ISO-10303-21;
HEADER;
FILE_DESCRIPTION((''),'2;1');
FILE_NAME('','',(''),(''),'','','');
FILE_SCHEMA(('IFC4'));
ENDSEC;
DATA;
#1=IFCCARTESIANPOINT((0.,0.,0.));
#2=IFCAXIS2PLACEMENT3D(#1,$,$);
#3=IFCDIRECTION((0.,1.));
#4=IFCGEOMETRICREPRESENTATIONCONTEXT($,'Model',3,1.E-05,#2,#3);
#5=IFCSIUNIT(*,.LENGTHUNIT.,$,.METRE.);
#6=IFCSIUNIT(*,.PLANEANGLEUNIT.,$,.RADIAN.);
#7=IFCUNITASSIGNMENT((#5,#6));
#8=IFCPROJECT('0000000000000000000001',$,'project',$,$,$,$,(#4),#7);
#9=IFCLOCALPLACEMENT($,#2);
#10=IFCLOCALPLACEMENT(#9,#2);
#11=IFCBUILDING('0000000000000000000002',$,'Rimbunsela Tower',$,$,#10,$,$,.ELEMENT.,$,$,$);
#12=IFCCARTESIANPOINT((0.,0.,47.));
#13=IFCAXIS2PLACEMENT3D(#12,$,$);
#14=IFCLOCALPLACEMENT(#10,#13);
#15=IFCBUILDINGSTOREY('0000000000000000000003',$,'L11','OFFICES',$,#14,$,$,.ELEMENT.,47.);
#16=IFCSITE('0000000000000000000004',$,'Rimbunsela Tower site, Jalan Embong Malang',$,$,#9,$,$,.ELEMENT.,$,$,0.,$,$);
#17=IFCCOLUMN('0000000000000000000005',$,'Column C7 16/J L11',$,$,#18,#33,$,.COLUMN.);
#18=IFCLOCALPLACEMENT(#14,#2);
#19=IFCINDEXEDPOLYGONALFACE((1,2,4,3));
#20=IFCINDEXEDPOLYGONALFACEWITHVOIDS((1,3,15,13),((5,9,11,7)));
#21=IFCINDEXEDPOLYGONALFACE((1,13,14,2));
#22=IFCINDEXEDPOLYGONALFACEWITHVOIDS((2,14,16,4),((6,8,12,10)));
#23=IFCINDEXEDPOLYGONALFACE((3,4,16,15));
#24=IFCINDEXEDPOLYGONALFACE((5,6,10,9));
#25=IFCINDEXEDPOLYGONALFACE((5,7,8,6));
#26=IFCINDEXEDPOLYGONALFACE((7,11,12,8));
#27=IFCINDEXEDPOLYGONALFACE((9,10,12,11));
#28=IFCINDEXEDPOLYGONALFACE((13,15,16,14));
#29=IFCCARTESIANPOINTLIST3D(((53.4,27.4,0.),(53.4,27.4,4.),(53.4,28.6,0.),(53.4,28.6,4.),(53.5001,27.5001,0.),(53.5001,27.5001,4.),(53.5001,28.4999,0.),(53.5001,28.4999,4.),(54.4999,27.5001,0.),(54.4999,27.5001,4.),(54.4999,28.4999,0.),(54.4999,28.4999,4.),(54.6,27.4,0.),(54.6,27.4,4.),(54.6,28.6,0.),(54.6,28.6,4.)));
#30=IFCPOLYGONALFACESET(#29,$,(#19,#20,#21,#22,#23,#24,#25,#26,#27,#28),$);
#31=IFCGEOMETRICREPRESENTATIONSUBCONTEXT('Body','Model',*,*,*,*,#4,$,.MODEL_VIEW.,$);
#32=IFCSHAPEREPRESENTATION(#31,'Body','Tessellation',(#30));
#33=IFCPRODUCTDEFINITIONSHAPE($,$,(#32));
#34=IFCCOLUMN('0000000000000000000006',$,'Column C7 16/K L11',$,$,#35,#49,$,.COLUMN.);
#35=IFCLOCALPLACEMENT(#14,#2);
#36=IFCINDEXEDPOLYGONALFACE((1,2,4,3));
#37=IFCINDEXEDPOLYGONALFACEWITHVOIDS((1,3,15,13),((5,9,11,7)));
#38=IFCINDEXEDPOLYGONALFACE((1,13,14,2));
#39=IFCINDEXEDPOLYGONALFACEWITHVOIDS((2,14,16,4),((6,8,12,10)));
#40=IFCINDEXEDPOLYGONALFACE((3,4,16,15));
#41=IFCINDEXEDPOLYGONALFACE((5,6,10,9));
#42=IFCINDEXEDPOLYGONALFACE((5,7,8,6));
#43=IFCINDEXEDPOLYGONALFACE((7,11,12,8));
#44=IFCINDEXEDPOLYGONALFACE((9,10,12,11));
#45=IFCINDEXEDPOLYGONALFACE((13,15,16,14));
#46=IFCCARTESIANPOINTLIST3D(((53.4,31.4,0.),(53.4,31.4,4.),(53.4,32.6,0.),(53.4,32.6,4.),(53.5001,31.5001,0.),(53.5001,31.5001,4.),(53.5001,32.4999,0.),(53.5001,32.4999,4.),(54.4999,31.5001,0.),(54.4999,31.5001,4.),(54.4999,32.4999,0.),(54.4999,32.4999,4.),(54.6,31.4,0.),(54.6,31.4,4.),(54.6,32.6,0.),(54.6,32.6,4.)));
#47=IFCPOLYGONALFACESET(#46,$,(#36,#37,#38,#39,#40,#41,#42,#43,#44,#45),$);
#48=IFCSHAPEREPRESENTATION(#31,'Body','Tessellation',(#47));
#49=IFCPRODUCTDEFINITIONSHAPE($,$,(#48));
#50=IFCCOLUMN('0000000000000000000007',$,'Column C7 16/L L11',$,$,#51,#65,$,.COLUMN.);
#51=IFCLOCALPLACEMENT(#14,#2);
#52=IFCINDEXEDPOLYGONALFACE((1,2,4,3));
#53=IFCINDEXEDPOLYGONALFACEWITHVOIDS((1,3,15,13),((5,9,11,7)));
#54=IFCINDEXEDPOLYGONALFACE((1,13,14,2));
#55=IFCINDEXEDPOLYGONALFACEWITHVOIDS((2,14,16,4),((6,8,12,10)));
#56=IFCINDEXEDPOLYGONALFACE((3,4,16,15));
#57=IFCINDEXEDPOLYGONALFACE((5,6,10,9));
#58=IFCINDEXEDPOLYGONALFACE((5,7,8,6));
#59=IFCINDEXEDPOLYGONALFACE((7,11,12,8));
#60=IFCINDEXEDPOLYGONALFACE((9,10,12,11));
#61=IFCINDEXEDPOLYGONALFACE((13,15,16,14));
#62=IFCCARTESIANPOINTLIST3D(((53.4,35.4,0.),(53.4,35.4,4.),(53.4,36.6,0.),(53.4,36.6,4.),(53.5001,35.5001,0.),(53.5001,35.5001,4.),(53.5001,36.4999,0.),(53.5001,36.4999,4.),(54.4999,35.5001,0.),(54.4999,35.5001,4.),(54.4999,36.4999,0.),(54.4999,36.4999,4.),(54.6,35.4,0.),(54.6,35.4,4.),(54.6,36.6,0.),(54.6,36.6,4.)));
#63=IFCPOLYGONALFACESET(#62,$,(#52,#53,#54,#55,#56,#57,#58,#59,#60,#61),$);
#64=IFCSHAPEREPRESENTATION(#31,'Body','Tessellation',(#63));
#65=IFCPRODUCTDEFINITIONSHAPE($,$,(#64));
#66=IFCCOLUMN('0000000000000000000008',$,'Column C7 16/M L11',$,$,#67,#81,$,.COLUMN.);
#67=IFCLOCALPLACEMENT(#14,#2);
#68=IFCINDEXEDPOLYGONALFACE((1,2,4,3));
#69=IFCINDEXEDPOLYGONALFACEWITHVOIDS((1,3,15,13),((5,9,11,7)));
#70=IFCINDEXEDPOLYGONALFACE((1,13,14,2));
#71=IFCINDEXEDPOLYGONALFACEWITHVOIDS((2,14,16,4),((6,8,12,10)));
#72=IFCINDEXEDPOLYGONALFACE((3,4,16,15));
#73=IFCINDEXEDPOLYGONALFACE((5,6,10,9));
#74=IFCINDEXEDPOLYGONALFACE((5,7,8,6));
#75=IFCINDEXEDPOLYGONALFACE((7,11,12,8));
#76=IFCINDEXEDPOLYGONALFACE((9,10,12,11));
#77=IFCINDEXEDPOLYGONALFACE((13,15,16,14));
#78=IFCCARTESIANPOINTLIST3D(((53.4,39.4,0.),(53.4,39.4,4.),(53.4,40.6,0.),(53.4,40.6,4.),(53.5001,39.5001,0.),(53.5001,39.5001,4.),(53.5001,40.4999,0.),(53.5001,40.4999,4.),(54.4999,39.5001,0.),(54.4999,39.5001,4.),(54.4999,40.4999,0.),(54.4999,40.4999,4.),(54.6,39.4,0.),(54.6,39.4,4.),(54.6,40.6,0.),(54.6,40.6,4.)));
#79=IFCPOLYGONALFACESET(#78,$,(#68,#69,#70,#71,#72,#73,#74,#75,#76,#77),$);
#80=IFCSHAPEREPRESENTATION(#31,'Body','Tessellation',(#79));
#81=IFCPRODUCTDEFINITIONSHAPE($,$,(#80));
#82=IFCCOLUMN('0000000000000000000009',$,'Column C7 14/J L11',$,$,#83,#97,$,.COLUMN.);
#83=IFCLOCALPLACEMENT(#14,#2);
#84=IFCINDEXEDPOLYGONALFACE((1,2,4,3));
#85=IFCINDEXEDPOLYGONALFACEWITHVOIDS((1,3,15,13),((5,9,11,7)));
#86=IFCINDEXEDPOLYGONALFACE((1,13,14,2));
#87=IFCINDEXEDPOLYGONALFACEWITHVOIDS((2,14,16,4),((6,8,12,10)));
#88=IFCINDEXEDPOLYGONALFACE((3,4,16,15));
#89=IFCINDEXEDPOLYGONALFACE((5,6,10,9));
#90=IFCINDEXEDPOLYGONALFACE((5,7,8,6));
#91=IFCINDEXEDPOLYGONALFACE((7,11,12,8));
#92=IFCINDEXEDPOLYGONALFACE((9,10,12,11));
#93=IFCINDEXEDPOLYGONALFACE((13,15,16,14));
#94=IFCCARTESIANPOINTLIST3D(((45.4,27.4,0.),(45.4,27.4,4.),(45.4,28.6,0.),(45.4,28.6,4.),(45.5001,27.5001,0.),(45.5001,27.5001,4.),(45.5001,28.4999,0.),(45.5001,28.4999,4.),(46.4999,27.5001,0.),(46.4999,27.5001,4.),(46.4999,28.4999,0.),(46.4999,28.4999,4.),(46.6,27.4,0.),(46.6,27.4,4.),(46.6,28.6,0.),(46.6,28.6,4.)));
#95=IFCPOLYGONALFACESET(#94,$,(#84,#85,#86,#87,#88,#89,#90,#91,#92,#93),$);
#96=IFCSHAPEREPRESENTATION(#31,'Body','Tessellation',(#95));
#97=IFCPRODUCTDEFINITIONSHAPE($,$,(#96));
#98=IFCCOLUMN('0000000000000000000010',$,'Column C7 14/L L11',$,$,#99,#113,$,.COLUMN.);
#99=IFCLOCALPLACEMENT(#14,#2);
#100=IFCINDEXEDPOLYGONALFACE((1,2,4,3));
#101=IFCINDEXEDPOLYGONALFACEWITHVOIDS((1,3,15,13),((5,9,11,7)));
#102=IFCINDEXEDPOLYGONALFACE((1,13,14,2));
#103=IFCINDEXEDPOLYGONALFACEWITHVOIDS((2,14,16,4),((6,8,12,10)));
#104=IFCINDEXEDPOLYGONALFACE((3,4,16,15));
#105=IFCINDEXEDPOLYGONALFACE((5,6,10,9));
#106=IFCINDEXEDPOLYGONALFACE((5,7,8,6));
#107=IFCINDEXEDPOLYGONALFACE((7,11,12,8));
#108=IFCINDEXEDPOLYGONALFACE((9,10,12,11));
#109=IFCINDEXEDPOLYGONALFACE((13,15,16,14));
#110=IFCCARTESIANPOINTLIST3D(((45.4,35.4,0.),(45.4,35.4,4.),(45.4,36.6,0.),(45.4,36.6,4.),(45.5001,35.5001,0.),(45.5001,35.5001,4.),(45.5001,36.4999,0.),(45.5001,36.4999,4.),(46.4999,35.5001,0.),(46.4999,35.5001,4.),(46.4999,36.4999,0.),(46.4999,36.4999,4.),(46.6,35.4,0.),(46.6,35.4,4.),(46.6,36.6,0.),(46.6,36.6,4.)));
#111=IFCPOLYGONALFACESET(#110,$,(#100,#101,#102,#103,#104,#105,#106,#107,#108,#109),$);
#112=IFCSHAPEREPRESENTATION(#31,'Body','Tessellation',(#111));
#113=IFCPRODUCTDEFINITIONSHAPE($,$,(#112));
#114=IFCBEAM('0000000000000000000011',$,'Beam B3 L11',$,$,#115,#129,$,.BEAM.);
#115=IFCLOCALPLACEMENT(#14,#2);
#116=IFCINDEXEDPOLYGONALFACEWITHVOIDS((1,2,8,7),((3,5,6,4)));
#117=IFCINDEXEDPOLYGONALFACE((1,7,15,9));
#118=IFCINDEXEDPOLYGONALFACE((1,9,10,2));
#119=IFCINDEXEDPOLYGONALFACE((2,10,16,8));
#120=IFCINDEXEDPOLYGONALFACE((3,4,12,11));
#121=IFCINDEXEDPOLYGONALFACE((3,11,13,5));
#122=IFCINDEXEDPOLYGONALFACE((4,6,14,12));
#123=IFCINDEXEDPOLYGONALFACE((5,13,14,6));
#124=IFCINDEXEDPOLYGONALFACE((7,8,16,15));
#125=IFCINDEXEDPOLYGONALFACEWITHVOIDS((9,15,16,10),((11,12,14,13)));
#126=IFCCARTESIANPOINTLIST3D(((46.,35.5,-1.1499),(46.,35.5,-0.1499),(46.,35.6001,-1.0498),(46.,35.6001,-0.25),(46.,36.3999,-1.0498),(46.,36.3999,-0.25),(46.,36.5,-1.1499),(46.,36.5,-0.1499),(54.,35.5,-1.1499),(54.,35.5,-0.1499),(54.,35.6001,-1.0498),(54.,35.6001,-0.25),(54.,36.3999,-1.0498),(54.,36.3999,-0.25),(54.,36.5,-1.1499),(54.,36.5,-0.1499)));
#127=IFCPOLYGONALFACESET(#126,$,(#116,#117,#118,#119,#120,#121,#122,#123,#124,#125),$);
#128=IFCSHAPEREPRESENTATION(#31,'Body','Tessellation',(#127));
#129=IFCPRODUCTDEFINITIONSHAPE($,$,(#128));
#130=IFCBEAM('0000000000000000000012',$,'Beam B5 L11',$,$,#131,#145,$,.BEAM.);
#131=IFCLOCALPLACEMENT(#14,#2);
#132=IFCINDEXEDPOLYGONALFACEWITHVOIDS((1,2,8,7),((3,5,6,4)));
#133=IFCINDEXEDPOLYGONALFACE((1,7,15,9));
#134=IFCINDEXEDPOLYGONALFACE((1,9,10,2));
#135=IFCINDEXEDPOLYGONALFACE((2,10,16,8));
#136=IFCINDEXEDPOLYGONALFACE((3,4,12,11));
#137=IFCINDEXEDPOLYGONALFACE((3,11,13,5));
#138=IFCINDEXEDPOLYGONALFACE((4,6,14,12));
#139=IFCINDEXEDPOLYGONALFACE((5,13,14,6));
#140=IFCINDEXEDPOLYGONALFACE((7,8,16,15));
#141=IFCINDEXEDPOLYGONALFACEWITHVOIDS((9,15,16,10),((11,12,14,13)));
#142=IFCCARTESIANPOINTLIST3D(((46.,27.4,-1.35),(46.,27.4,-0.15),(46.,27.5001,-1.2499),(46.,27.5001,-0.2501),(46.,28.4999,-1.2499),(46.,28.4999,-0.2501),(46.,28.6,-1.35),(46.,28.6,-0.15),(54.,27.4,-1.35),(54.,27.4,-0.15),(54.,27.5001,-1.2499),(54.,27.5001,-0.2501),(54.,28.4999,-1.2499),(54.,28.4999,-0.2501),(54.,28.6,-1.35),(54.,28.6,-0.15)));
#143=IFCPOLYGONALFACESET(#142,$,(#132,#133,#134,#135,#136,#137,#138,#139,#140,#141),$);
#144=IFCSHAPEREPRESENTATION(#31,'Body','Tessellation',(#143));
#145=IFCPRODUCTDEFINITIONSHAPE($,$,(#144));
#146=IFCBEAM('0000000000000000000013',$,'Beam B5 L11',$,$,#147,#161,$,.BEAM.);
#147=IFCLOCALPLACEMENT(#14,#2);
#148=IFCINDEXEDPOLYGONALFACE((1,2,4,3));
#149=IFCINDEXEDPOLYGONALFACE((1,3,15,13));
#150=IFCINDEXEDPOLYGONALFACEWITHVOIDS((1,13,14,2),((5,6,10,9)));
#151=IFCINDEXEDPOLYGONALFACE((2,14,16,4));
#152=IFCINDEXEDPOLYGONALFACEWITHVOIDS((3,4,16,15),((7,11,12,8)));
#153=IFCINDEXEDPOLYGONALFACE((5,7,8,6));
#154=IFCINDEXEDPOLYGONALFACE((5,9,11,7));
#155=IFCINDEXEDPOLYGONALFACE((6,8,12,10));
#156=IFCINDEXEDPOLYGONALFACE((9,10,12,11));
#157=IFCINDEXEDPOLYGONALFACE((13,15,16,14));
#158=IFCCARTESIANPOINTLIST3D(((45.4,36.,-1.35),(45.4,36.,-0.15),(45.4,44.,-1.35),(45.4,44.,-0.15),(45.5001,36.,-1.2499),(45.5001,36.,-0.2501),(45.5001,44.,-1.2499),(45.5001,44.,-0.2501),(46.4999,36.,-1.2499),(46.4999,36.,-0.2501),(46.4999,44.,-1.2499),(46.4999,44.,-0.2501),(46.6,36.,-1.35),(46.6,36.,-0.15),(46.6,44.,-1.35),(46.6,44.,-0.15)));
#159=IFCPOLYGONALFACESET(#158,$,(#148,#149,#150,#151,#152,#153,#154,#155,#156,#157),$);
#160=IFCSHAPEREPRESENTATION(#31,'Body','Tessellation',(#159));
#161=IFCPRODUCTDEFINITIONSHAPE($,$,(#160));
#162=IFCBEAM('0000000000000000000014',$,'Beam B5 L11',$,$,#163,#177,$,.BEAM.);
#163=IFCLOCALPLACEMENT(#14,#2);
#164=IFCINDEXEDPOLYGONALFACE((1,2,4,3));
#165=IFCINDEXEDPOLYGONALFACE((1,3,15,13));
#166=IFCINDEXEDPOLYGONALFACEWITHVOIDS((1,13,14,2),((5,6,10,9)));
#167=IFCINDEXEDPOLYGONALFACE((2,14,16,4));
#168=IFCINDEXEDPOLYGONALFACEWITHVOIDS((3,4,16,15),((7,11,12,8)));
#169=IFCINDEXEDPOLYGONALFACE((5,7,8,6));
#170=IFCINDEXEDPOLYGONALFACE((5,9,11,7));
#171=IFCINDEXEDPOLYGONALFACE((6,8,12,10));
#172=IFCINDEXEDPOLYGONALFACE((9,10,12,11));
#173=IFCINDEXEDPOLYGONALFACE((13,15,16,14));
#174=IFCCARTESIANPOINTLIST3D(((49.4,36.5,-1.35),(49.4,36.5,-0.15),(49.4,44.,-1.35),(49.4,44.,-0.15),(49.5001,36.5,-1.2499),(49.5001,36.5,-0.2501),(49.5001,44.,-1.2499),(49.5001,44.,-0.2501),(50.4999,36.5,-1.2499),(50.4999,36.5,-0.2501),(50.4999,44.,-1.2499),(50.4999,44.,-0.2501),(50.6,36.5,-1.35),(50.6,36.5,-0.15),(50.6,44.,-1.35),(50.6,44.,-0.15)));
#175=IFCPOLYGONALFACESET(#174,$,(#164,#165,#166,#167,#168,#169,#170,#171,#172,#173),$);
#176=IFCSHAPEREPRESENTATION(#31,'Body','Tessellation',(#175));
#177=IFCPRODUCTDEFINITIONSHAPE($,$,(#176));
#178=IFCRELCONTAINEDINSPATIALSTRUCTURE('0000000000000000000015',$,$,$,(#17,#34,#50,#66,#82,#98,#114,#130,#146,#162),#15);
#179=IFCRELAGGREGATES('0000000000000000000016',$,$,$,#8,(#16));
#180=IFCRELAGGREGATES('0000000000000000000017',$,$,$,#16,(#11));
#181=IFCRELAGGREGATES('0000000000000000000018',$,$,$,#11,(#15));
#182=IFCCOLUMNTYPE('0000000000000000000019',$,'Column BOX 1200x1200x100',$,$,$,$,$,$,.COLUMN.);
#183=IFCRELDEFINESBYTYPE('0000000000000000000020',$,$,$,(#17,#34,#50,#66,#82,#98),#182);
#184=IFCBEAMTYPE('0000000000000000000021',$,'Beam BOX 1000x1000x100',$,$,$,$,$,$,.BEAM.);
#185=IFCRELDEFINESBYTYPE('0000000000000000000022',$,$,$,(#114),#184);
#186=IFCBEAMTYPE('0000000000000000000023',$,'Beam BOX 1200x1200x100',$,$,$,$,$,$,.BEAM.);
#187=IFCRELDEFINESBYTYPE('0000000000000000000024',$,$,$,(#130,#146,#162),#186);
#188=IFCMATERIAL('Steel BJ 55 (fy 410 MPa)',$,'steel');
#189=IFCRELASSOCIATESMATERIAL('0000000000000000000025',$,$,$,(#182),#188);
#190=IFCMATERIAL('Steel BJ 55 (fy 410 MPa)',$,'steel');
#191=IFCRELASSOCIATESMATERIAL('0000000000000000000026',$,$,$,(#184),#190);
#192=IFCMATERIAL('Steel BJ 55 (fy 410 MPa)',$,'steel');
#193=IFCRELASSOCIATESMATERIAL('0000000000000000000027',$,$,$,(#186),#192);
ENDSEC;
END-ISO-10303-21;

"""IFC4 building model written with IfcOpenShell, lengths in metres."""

from ifc_helpers import new_model, si_unit, direction, frame, origin, origin_2d, place, context, subcontext, project, spatial, hollow_rectangle, extrude, material, material_profile, profile_set, type_object, element, save


model = new_model("IFC4")

# Units and contexts
model_context = context("Model", 3, precision=1e-05, world=origin(), true_north=direction((0.0, 1.0)))
body_context = subcontext(model_context, "Body", "Model", "MODEL_VIEW")
ifc_project = project(units=[si_unit("LENGTHUNIT", "METRE"), si_unit("PLANEANGLEUNIT", "RADIAN")], contexts=[model_context])

# Site, building, storey
site_placement = place(None, origin())
site = spatial("IfcSite", under=ifc_project, at=site_placement, Name="Rimbunsela Tower site, Jalan Embong Malang", CompositionType="ELEMENT", RefElevation=0.0)
building_placement = place(site_placement, origin())
building = spatial("IfcBuilding", under=site, at=building_placement, Name="Rimbunsela Tower", CompositionType="ELEMENT")
storey_placement = place(building_placement, frame((0.0, 0.0, 47.0)))
storey = spatial("IfcBuildingStorey", under=building, at=storey_placement, Name="L11", Description="OFFICES", CompositionType="ELEMENT", Elevation=47.0)

# Columns
ifc_material_1 = material(Name="Steel BJ 55 (fy 410 MPa)", Category="steel")
ifc_material_profile_1 = material_profile(ifc_material_1, hollow_rectangle(XDim=1.2, YDim=1.2, WallThickness=0.1001, at=origin_2d()), Name="BOX 1200x1200x100")
ifc_profile_set_1 = profile_set([ifc_material_profile_1], Name="Steel BJ 55 (fy 410 MPa)")
column_type = type_object("IfcColumnType", Name="Column BOX 1200x1200x100", PredefinedType="COLUMN", material=ifc_profile_set_1)
for number, where, z_axis, x_axis, name in (
    (1, (54.0, 28.0, 0.0), (0.0, 0.0, 1.0), (1.0, 0.0, 0.0), "Column C7 16/J L11"),
    (2, (54.0, 32.0, 0.0), (0.0, 0.0, 1.0), (1.0, 0.0, 0.0), "Column C7 16/K L11"),
    (3, (54.0, 36.0, 0.0), (0.0, 0.0, 1.0), (1.0, 0.0, 0.0), "Column C7 16/L L11"),
    (4, (54.0, 40.0, 0.0), (0.0, 0.0, 1.0), (1.0, 0.0, 0.0), "Column C7 16/M L11"),
    (5, (46.0, 28.0, 0.0), (0.0, 0.0, 1.0), (1.0, 0.0, 0.0), "Column C7 14/J L11"),
    (6, (46.0, 36.0, 0.0), (0.0, 0.0, 1.0), (1.0, 0.0, 0.0), "Column C7 14/L L11"),
):
    element("IfcColumn", number, at=place(storey_placement, frame(where, z_axis=z_axis, x_axis=x_axis)), inside=storey, type_object=column_type, Name=name, PredefinedType="COLUMN", context=body_context, shape_type="SweptSolid", body=[
        extrude(hollow_rectangle(XDim=1.2, YDim=1.2, WallThickness=0.1001, at=origin_2d()), origin(), (0.0, 0.0, 1.0), 4.0),
    ])

# Beams
ifc_material_2 = material(Name="Steel BJ 55 (fy 410 MPa)", Category="steel")
ifc_material_profile_2 = material_profile(ifc_material_2, hollow_rectangle(XDim=1.0, YDim=1.0, WallThickness=0.1001, at=origin_2d()), Name="BOX 1000x1000x100")
ifc_profile_set_2 = profile_set([ifc_material_profile_2], Name="Steel BJ 55 (fy 410 MPa)")
beam_type_1 = type_object("IfcBeamType", Name="Beam BOX 1000x1000x100", PredefinedType="BEAM", material=ifc_profile_set_2)
beam_1_placement = place(storey_placement, frame((46.0, 36.0, -0.6499), z_axis=(1.0, 0.0, 0.0), x_axis=(0.0, 1.0, 0.0)))
element("IfcBeam", 7, at=beam_1_placement, inside=storey, type_object=beam_type_1, Name="Beam B3 L11", PredefinedType="BEAM", context=body_context, shape_type="SweptSolid", body=[
    extrude(hollow_rectangle(XDim=1.0, YDim=1.0, WallThickness=0.1001, at=origin_2d()), origin(), (0.0, 0.0, 1.0), 8.0),
])
ifc_material_3 = material(Name="Steel BJ 55 (fy 410 MPa)", Category="steel")
ifc_material_profile_3 = material_profile(ifc_material_3, hollow_rectangle(XDim=1.2, YDim=1.2, WallThickness=0.1001, at=origin_2d()), Name="BOX 1200x1200x100")
ifc_profile_set_3 = profile_set([ifc_material_profile_3], Name="Steel BJ 55 (fy 410 MPa)")
beam_type_2 = type_object("IfcBeamType", Name="Beam BOX 1200x1200x100", PredefinedType="BEAM", material=ifc_profile_set_3)
for number, where, z_axis, x_axis, name in (
    (8, (46.0, 28.0, -0.75), (1.0, 0.0, 0.0), (0.0, 1.0, 0.0), "Beam B5 L11"),
    (9, (46.0, 36.0, -0.75), (0.0, 1.0, 0.0), (-1.0, 0.0, 0.0), "Beam B5 L11"),
):
    element("IfcBeam", number, at=place(storey_placement, frame(where, z_axis=z_axis, x_axis=x_axis)), inside=storey, type_object=beam_type_2, Name=name, PredefinedType="BEAM", context=body_context, shape_type="SweptSolid", body=[
        extrude(hollow_rectangle(XDim=1.2, YDim=1.2, WallThickness=0.1001, at=origin_2d()), origin(), (0.0, 0.0, 1.0), 8.0),
    ])
beam_2_placement = place(storey_placement, frame((50.0, 36.5, -0.75), z_axis=(0.0, 1.0, 0.0), x_axis=(-1.0, 0.0, 0.0)))
element("IfcBeam", 10, at=beam_2_placement, inside=storey, type_object=beam_type_2, Name="Beam B5 L11", PredefinedType="BEAM", context=body_context, shape_type="SweptSolid", body=[
    extrude(hollow_rectangle(XDim=1.2, YDim=1.2, WallThickness=0.1001, at=origin_2d()), origin(), (0.0, 0.0, 1.0), 7.5),
])

save(model, "model.ifc")
